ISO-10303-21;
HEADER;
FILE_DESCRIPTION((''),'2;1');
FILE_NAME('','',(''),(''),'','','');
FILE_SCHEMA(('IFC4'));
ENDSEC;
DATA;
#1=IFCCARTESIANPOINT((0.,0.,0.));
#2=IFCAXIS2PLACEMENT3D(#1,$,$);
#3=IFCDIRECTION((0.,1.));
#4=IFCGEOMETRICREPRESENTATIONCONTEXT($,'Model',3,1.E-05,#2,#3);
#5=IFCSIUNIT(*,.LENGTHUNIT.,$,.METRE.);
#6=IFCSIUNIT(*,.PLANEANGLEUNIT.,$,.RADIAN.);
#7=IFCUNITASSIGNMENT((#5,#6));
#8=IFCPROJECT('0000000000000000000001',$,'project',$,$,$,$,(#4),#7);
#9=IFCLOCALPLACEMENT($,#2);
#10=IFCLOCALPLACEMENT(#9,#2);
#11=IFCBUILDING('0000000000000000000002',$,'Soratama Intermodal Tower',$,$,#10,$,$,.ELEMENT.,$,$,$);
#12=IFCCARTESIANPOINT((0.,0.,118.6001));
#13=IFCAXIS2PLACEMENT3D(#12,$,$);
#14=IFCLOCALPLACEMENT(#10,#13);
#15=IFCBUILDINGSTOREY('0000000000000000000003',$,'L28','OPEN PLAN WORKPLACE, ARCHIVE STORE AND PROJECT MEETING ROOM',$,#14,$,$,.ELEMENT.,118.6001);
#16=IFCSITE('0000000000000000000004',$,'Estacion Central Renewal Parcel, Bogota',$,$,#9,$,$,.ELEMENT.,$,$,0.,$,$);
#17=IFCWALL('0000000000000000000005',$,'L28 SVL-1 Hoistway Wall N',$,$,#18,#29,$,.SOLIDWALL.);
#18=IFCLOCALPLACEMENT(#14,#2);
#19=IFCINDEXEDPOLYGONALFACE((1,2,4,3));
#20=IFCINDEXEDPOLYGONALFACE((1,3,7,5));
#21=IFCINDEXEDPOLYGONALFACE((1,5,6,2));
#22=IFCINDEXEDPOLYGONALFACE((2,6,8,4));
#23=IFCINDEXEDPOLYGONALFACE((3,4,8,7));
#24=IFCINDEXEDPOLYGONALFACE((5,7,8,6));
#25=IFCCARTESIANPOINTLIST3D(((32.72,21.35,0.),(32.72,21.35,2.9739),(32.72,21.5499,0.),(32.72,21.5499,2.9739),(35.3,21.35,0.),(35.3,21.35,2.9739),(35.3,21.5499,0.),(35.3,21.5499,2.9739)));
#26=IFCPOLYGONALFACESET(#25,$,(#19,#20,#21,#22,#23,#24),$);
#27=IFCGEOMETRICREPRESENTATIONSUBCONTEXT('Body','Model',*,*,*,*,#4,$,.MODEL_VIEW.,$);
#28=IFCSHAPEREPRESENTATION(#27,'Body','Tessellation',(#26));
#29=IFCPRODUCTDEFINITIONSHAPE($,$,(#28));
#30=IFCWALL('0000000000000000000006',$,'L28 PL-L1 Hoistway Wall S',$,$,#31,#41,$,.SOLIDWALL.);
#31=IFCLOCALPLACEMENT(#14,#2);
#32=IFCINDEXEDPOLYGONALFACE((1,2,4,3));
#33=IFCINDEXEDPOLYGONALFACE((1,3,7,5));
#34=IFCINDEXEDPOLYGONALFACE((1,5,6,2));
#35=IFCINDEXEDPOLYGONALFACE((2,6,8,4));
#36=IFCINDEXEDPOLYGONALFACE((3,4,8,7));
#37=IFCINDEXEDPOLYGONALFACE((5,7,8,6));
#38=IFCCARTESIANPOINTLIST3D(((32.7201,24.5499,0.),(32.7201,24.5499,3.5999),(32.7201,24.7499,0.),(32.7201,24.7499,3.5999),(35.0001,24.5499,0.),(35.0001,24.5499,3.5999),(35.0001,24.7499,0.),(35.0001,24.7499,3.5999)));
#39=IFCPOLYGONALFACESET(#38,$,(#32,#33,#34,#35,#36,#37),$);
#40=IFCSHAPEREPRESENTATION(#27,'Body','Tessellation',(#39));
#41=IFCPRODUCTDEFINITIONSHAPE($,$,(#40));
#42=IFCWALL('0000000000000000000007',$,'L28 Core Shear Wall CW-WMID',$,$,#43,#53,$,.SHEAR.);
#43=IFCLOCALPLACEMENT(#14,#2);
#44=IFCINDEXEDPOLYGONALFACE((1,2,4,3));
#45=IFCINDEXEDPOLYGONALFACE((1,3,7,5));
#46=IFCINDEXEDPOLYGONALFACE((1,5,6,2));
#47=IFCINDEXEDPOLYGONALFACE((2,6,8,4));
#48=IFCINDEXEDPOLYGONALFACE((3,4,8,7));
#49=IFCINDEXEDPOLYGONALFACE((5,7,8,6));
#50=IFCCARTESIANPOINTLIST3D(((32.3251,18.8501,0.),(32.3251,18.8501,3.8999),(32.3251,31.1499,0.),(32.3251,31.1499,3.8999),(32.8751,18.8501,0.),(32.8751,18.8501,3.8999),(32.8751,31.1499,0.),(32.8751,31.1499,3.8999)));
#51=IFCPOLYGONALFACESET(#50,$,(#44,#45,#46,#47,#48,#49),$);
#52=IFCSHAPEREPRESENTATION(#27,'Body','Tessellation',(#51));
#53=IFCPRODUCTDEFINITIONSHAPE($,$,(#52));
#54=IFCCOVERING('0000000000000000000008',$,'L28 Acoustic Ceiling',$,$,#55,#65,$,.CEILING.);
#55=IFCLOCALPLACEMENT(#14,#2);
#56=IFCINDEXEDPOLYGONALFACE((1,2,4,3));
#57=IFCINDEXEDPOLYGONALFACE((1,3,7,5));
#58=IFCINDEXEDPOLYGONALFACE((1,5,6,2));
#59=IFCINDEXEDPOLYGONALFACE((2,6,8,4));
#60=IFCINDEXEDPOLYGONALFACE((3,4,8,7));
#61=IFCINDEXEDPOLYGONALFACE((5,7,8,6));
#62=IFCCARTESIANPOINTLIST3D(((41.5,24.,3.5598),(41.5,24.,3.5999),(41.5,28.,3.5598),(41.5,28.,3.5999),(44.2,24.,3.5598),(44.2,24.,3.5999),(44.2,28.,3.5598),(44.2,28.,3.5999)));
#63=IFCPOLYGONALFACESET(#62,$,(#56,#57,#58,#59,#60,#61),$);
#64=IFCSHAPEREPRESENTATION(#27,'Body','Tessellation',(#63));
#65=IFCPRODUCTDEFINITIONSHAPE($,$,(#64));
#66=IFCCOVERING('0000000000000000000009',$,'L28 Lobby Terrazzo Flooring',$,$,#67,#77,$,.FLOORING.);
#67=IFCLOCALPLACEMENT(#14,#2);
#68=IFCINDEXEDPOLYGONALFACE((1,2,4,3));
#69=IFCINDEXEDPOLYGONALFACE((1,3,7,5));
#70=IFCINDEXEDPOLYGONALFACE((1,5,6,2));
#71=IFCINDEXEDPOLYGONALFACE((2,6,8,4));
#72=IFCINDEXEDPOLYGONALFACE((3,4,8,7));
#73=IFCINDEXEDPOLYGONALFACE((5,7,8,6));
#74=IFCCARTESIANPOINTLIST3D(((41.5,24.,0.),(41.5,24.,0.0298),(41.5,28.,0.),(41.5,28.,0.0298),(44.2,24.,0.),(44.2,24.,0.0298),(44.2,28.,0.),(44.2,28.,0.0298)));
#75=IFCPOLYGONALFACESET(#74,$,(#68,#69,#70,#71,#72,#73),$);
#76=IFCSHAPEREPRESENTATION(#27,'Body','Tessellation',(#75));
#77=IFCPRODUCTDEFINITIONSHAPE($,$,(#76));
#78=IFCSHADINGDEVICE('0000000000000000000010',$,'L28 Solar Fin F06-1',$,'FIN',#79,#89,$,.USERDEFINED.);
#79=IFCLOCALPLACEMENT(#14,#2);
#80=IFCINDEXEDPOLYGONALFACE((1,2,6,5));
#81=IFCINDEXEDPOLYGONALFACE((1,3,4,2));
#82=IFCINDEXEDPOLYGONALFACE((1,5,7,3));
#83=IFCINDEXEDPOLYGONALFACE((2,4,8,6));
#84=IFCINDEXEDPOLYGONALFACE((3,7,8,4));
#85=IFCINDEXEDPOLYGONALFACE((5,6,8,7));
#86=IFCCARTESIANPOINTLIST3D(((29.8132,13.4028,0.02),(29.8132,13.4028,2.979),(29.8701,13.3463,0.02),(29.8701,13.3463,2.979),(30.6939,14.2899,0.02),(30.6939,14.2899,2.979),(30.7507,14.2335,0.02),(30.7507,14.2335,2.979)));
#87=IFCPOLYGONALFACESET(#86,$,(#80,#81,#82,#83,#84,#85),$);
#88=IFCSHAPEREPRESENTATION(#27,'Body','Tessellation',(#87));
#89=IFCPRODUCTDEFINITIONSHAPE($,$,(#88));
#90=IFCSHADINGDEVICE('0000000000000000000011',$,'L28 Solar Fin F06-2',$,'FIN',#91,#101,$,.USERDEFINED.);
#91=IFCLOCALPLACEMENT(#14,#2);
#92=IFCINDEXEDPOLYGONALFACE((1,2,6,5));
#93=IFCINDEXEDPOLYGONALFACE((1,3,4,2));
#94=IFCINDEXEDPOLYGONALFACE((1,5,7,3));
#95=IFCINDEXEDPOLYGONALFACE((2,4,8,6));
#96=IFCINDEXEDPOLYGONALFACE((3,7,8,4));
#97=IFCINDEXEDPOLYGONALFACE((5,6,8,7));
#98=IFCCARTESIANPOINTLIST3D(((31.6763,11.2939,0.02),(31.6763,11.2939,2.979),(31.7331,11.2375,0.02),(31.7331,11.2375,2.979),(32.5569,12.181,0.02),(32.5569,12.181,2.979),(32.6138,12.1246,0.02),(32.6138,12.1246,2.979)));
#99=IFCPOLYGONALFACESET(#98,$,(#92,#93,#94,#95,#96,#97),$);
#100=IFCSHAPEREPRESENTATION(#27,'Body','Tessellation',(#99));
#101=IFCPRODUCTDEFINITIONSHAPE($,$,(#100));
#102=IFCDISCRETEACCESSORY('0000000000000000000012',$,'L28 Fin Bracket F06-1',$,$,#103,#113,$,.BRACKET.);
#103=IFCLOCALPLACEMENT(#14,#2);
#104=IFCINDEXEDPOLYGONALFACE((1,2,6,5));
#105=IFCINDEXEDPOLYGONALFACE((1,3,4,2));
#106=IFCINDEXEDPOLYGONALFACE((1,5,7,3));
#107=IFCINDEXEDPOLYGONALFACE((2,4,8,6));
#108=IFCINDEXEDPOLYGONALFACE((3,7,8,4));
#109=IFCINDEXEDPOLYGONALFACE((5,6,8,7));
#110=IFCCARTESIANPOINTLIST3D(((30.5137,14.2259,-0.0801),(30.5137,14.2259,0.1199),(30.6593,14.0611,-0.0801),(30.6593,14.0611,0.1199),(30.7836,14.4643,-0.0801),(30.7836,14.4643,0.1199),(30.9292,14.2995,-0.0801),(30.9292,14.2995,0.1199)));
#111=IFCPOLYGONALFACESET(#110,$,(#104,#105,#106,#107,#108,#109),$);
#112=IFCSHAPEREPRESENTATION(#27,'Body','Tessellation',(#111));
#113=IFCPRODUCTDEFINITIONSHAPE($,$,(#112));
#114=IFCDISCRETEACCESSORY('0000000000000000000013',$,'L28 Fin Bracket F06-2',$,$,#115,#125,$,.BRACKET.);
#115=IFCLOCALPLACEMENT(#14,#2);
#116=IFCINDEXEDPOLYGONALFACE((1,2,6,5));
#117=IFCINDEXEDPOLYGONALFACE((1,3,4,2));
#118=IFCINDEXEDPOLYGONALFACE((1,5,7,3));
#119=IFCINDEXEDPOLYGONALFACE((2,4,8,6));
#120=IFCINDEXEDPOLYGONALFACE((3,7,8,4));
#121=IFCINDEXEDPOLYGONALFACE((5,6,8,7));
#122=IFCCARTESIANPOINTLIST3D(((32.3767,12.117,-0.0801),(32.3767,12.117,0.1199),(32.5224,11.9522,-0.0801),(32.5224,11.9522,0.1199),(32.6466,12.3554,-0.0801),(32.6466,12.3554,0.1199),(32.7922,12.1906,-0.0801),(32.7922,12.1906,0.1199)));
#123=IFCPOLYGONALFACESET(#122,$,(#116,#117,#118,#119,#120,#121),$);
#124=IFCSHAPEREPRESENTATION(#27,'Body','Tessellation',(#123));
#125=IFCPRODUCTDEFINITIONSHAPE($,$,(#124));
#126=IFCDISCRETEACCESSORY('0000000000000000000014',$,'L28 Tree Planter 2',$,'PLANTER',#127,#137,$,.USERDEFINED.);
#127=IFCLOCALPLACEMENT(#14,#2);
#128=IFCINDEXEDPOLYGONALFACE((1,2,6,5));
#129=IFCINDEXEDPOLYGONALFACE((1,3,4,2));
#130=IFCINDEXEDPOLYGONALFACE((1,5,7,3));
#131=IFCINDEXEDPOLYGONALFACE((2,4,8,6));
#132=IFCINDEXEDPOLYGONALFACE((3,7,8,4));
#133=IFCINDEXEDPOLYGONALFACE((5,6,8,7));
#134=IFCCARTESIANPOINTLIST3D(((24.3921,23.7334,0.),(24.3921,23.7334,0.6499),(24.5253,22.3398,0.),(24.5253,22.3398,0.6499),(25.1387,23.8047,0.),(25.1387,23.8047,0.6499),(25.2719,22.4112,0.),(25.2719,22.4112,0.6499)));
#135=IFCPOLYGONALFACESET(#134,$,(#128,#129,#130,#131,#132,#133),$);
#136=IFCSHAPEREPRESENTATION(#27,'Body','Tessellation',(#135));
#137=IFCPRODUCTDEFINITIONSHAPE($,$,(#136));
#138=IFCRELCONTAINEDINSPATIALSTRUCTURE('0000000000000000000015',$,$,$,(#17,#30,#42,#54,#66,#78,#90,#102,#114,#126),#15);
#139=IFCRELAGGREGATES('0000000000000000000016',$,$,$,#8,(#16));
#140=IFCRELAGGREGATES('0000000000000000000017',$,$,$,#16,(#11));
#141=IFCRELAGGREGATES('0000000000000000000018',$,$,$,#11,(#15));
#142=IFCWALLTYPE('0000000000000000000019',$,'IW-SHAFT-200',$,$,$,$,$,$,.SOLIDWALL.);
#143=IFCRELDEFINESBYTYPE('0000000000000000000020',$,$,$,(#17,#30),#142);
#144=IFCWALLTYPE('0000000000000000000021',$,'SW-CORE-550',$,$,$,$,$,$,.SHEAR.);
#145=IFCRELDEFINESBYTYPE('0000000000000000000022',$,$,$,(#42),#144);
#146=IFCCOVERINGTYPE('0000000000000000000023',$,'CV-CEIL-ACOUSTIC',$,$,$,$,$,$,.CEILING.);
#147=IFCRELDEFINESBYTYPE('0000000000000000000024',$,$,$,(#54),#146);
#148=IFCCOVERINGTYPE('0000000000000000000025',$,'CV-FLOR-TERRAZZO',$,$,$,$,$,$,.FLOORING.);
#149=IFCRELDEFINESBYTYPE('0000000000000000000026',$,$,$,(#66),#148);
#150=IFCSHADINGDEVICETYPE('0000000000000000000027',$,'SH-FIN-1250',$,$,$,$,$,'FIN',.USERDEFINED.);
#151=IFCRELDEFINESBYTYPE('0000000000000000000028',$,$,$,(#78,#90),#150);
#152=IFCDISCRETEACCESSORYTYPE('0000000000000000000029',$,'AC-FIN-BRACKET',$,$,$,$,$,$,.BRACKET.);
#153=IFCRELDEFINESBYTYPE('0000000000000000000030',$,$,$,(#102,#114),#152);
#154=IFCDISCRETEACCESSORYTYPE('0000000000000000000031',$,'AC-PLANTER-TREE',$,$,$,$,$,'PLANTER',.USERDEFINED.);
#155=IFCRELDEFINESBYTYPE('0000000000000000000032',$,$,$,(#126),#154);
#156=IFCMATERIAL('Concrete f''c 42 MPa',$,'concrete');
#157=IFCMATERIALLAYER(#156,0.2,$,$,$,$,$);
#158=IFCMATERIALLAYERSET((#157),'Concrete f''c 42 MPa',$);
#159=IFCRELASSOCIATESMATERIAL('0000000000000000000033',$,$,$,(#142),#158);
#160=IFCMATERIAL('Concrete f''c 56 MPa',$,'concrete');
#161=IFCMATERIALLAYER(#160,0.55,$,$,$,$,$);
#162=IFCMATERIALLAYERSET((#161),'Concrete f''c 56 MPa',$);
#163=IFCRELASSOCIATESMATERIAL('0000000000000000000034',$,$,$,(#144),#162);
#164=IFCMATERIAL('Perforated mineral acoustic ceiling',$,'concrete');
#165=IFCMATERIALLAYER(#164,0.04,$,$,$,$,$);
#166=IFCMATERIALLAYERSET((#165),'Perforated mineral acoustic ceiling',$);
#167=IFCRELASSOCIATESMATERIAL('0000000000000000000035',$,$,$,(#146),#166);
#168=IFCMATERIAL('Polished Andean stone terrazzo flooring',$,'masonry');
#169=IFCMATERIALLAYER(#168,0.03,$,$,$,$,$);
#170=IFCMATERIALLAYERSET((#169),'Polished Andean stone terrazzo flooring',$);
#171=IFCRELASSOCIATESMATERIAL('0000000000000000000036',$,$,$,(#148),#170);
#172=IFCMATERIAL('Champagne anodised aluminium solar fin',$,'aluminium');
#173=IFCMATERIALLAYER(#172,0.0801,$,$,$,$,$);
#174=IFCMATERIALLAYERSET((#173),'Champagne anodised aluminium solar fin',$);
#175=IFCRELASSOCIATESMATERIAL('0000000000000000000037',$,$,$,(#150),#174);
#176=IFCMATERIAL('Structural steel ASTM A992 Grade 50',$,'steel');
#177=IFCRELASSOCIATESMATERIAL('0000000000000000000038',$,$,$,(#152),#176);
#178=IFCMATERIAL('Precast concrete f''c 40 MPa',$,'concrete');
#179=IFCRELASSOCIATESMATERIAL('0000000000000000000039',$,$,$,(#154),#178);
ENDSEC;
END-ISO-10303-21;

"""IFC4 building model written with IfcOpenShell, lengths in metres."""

from ifc_helpers import new_model, si_unit, direction, frame, frame_2d, origin, origin_2d, place, context, subcontext, project, spatial, polyline, rectangle, outline, extrude, material, layer, layer_set, type_object, element, save


model = new_model("IFC4")

# Units and contexts
model_context = context("Model", 3, precision=1e-05, world=origin(), true_north=direction((0.0, 1.0)))
body_context = subcontext(model_context, "Body", "Model", "MODEL_VIEW")
ifc_project = project(units=[si_unit("LENGTHUNIT", "METRE"), si_unit("PLANEANGLEUNIT", "RADIAN")], contexts=[model_context])

# Site, building, storey
site_placement = place(None, origin())
site = spatial("IfcSite", under=ifc_project, at=site_placement, Name="Estacion Central Renewal Parcel, Bogota", CompositionType="ELEMENT", RefElevation=0.0)
building_placement = place(site_placement, origin())
building = spatial("IfcBuilding", under=site, at=building_placement, Name="Soratama Intermodal Tower", CompositionType="ELEMENT")
storey_placement = place(building_placement, frame((0.0, 0.0, 118.6001)))
storey = spatial("IfcBuildingStorey", under=building, at=storey_placement, Name="L28", Description="OPEN PLAN WORKPLACE, ARCHIVE STORE AND PROJECT MEETING ROOM", CompositionType="ELEMENT", Elevation=118.6001)

# Walls
ifc_material_1 = material(Name="Concrete f'c 42 MPa", Category="concrete")
ifc_layer_1 = layer(ifc_material_1, 0.2)
ifc_layer_set_1 = layer_set([ifc_layer_1], Name="Concrete f'c 42 MPa")
wall_type_1 = type_object("IfcWallType", Name="IW-SHAFT-200", PredefinedType="SOLIDWALL", material=ifc_layer_set_1)
wall_1_placement = place(storey_placement, frame((32.72, 21.45, 0.0), z_axis=(0.0, 0.0, 1.0), x_axis=(1.0, 0.0, 0.0)))
element("IfcWall", 1, at=wall_1_placement, inside=storey, type_object=wall_type_1, Name="L28 SVL-1 Hoistway Wall N", PredefinedType="SOLIDWALL", context=body_context, shape_type="SweptSolid", body=[
    extrude(rectangle(XDim=2.5801, YDim=0.2, at=frame_2d((1.29, 0.0))), origin(), (0.0, 0.0, 1.0), 2.9739),
])
wall_2_placement = place(storey_placement, frame((32.72, 24.6499, 0.0), z_axis=(0.0, 0.0, 1.0), x_axis=(1.0, 0.0, 0.0)))
element("IfcWall", 2, at=wall_2_placement, inside=storey, type_object=wall_type_1, Name="L28 PL-L1 Hoistway Wall S", PredefinedType="SOLIDWALL", context=body_context, shape_type="SweptSolid", body=[
    extrude(rectangle(XDim=2.28, YDim=0.2, at=frame_2d((1.1401, 0.0))), origin(), (0.0, 0.0, 1.0), 3.5999),
])
ifc_material_2 = material(Name="Concrete f'c 56 MPa", Category="concrete")
ifc_layer_2 = layer(ifc_material_2, 0.55)
ifc_layer_set_2 = layer_set([ifc_layer_2], Name="Concrete f'c 56 MPa")
wall_type_2 = type_object("IfcWallType", Name="SW-CORE-550", PredefinedType="SHEAR", material=ifc_layer_set_2)
wall_3_placement = place(storey_placement, frame((32.6001, 18.8501, 0.0), z_axis=(0.0, 0.0, 1.0), x_axis=(0.0, 1.0, 0.0)))
element("IfcWall", 3, at=wall_3_placement, inside=storey, type_object=wall_type_2, Name="L28 Core Shear Wall CW-WMID", PredefinedType="SHEAR", context=body_context, shape_type="SweptSolid", body=[
    extrude(rectangle(XDim=12.2998, YDim=0.55, at=frame_2d((6.1499, 0.0))), origin(), (0.0, 0.0, 1.0), 3.8999),
])

# Coverings
ifc_material_3 = material(Name="Perforated mineral acoustic ceiling", Category="concrete")
ifc_layer_3 = layer(ifc_material_3, 0.04)
ifc_layer_set_3 = layer_set([ifc_layer_3], Name="Perforated mineral acoustic ceiling")
covering_type_1 = type_object("IfcCoveringType", Name="CV-CEIL-ACOUSTIC", PredefinedType="CEILING", material=ifc_layer_set_3)
covering_1_placement = place(storey_placement, frame((0.0, 0.0, 3.5598)))
element("IfcCovering", 4, at=covering_1_placement, inside=storey, type_object=covering_type_1, Name="L28 Acoustic Ceiling", PredefinedType="CEILING", context=body_context, shape_type="SweptSolid", body=[
    extrude(outline(polyline([(41.5, 24.0), (44.2, 24.0), (44.2, 28.0), (41.5, 28.0), (41.5, 24.0)])), origin(), (0.0, 0.0, 1.0), 0.04),
])
ifc_material_4 = material(Name="Polished Andean stone terrazzo flooring", Category="masonry")
ifc_layer_4 = layer(ifc_material_4, 0.03)
ifc_layer_set_4 = layer_set([ifc_layer_4], Name="Polished Andean stone terrazzo flooring")
covering_type_2 = type_object("IfcCoveringType", Name="CV-FLOR-TERRAZZO", PredefinedType="FLOORING", material=ifc_layer_set_4)
covering_2_placement = place(storey_placement, origin())
element("IfcCovering", 5, at=covering_2_placement, inside=storey, type_object=covering_type_2, Name="L28 Lobby Terrazzo Flooring", PredefinedType="FLOORING", context=body_context, shape_type="SweptSolid", body=[
    extrude(outline(polyline([(41.5, 24.0), (44.2, 24.0), (44.2, 28.0), (41.5, 28.0), (41.5, 24.0)])), origin(), (0.0, 0.0, 1.0), 0.0298),
])

# Shading devices
ifc_material_5 = material(Name="Champagne anodised aluminium solar fin", Category="aluminium")
ifc_layer_5 = layer(ifc_material_5, 0.0801)
ifc_layer_set_5 = layer_set([ifc_layer_5], Name="Champagne anodised aluminium solar fin")
shading_device_type = type_object("IfcShadingDeviceType", Name="SH-FIN-1250", ElementType="FIN", PredefinedType="USERDEFINED", material=ifc_layer_set_5)
for number, where, z_axis, x_axis, name in (
    (6, (30.282, 13.8181, 0.02), (0.0, 0.0, 1.0), (-0.70451, -0.709694, 0.0), "L28 Solar Fin F06-1"),
    (7, (32.145, 11.7092, 0.02), (0.0, 0.0, 1.0), (-0.70451, -0.709694, 0.0), "L28 Solar Fin F06-2"),
):
    element("IfcShadingDevice", number, at=place(storey_placement, frame(where, z_axis=z_axis, x_axis=x_axis)), inside=storey, type_object=shading_device_type, Name=name, ObjectType="FIN", PredefinedType="USERDEFINED", context=body_context, shape_type="SweptSolid", body=[
        extrude(rectangle(XDim=1.25, YDim=0.0801, at=origin_2d()), origin(), (0.0, 0.0, 1.0), 2.959),
    ])

# Discrete accessories
ifc_material_6 = material(Name="Structural steel ASTM A992 Grade 50", Category="steel")
discrete_accessory_type_1 = type_object("IfcDiscreteAccessoryType", Name="AC-FIN-BRACKET", PredefinedType="BRACKET", material=ifc_material_6)
for number, where, z_axis, x_axis, name in (
    (8, (30.7214, 14.2627, -0.0801), (0.0, 0.0, 1.0), (-0.749418, -0.662097, 0.0), "L28 Fin Bracket F06-1"),
    (9, (32.5845, 12.1538, -0.0801), (0.0, 0.0, 1.0), (-0.749418, -0.662097, 0.0), "L28 Fin Bracket F06-2"),
):
    element("IfcDiscreteAccessory", number, at=place(storey_placement, frame(where, z_axis=z_axis, x_axis=x_axis)), inside=storey, type_object=discrete_accessory_type_1, Name=name, PredefinedType="BRACKET", context=body_context, shape_type="SweptSolid", body=[
        extrude(rectangle(XDim=0.3601, YDim=0.22, at=origin_2d()), origin(), (0.0, 0.0, 1.0), 0.2),
    ])
ifc_material_7 = material(Name="Precast concrete f'c 40 MPa", Category="concrete")
discrete_accessory_type_2 = type_object("IfcDiscreteAccessoryType", Name="AC-PLANTER-TREE", ElementType="PLANTER", PredefinedType="USERDEFINED", material=ifc_material_7)
discrete_accessory_placement = place(storey_placement, frame((24.832, 23.0723, 0.0), z_axis=(0.0, 0.0, 1.0), x_axis=(-0.995463, -0.095151, 0.0)))
element("IfcDiscreteAccessory", 10, at=discrete_accessory_placement, inside=storey, type_object=discrete_accessory_type_2, Name="L28 Tree Planter 2", ObjectType="PLANTER", PredefinedType="USERDEFINED", context=body_context, shape_type="SweptSolid", body=[
    extrude(rectangle(XDim=0.75, YDim=1.3999, at=origin_2d()), origin(), (0.0, 0.0, 1.0), 0.6499),
])

save(model, "model.ifc")
